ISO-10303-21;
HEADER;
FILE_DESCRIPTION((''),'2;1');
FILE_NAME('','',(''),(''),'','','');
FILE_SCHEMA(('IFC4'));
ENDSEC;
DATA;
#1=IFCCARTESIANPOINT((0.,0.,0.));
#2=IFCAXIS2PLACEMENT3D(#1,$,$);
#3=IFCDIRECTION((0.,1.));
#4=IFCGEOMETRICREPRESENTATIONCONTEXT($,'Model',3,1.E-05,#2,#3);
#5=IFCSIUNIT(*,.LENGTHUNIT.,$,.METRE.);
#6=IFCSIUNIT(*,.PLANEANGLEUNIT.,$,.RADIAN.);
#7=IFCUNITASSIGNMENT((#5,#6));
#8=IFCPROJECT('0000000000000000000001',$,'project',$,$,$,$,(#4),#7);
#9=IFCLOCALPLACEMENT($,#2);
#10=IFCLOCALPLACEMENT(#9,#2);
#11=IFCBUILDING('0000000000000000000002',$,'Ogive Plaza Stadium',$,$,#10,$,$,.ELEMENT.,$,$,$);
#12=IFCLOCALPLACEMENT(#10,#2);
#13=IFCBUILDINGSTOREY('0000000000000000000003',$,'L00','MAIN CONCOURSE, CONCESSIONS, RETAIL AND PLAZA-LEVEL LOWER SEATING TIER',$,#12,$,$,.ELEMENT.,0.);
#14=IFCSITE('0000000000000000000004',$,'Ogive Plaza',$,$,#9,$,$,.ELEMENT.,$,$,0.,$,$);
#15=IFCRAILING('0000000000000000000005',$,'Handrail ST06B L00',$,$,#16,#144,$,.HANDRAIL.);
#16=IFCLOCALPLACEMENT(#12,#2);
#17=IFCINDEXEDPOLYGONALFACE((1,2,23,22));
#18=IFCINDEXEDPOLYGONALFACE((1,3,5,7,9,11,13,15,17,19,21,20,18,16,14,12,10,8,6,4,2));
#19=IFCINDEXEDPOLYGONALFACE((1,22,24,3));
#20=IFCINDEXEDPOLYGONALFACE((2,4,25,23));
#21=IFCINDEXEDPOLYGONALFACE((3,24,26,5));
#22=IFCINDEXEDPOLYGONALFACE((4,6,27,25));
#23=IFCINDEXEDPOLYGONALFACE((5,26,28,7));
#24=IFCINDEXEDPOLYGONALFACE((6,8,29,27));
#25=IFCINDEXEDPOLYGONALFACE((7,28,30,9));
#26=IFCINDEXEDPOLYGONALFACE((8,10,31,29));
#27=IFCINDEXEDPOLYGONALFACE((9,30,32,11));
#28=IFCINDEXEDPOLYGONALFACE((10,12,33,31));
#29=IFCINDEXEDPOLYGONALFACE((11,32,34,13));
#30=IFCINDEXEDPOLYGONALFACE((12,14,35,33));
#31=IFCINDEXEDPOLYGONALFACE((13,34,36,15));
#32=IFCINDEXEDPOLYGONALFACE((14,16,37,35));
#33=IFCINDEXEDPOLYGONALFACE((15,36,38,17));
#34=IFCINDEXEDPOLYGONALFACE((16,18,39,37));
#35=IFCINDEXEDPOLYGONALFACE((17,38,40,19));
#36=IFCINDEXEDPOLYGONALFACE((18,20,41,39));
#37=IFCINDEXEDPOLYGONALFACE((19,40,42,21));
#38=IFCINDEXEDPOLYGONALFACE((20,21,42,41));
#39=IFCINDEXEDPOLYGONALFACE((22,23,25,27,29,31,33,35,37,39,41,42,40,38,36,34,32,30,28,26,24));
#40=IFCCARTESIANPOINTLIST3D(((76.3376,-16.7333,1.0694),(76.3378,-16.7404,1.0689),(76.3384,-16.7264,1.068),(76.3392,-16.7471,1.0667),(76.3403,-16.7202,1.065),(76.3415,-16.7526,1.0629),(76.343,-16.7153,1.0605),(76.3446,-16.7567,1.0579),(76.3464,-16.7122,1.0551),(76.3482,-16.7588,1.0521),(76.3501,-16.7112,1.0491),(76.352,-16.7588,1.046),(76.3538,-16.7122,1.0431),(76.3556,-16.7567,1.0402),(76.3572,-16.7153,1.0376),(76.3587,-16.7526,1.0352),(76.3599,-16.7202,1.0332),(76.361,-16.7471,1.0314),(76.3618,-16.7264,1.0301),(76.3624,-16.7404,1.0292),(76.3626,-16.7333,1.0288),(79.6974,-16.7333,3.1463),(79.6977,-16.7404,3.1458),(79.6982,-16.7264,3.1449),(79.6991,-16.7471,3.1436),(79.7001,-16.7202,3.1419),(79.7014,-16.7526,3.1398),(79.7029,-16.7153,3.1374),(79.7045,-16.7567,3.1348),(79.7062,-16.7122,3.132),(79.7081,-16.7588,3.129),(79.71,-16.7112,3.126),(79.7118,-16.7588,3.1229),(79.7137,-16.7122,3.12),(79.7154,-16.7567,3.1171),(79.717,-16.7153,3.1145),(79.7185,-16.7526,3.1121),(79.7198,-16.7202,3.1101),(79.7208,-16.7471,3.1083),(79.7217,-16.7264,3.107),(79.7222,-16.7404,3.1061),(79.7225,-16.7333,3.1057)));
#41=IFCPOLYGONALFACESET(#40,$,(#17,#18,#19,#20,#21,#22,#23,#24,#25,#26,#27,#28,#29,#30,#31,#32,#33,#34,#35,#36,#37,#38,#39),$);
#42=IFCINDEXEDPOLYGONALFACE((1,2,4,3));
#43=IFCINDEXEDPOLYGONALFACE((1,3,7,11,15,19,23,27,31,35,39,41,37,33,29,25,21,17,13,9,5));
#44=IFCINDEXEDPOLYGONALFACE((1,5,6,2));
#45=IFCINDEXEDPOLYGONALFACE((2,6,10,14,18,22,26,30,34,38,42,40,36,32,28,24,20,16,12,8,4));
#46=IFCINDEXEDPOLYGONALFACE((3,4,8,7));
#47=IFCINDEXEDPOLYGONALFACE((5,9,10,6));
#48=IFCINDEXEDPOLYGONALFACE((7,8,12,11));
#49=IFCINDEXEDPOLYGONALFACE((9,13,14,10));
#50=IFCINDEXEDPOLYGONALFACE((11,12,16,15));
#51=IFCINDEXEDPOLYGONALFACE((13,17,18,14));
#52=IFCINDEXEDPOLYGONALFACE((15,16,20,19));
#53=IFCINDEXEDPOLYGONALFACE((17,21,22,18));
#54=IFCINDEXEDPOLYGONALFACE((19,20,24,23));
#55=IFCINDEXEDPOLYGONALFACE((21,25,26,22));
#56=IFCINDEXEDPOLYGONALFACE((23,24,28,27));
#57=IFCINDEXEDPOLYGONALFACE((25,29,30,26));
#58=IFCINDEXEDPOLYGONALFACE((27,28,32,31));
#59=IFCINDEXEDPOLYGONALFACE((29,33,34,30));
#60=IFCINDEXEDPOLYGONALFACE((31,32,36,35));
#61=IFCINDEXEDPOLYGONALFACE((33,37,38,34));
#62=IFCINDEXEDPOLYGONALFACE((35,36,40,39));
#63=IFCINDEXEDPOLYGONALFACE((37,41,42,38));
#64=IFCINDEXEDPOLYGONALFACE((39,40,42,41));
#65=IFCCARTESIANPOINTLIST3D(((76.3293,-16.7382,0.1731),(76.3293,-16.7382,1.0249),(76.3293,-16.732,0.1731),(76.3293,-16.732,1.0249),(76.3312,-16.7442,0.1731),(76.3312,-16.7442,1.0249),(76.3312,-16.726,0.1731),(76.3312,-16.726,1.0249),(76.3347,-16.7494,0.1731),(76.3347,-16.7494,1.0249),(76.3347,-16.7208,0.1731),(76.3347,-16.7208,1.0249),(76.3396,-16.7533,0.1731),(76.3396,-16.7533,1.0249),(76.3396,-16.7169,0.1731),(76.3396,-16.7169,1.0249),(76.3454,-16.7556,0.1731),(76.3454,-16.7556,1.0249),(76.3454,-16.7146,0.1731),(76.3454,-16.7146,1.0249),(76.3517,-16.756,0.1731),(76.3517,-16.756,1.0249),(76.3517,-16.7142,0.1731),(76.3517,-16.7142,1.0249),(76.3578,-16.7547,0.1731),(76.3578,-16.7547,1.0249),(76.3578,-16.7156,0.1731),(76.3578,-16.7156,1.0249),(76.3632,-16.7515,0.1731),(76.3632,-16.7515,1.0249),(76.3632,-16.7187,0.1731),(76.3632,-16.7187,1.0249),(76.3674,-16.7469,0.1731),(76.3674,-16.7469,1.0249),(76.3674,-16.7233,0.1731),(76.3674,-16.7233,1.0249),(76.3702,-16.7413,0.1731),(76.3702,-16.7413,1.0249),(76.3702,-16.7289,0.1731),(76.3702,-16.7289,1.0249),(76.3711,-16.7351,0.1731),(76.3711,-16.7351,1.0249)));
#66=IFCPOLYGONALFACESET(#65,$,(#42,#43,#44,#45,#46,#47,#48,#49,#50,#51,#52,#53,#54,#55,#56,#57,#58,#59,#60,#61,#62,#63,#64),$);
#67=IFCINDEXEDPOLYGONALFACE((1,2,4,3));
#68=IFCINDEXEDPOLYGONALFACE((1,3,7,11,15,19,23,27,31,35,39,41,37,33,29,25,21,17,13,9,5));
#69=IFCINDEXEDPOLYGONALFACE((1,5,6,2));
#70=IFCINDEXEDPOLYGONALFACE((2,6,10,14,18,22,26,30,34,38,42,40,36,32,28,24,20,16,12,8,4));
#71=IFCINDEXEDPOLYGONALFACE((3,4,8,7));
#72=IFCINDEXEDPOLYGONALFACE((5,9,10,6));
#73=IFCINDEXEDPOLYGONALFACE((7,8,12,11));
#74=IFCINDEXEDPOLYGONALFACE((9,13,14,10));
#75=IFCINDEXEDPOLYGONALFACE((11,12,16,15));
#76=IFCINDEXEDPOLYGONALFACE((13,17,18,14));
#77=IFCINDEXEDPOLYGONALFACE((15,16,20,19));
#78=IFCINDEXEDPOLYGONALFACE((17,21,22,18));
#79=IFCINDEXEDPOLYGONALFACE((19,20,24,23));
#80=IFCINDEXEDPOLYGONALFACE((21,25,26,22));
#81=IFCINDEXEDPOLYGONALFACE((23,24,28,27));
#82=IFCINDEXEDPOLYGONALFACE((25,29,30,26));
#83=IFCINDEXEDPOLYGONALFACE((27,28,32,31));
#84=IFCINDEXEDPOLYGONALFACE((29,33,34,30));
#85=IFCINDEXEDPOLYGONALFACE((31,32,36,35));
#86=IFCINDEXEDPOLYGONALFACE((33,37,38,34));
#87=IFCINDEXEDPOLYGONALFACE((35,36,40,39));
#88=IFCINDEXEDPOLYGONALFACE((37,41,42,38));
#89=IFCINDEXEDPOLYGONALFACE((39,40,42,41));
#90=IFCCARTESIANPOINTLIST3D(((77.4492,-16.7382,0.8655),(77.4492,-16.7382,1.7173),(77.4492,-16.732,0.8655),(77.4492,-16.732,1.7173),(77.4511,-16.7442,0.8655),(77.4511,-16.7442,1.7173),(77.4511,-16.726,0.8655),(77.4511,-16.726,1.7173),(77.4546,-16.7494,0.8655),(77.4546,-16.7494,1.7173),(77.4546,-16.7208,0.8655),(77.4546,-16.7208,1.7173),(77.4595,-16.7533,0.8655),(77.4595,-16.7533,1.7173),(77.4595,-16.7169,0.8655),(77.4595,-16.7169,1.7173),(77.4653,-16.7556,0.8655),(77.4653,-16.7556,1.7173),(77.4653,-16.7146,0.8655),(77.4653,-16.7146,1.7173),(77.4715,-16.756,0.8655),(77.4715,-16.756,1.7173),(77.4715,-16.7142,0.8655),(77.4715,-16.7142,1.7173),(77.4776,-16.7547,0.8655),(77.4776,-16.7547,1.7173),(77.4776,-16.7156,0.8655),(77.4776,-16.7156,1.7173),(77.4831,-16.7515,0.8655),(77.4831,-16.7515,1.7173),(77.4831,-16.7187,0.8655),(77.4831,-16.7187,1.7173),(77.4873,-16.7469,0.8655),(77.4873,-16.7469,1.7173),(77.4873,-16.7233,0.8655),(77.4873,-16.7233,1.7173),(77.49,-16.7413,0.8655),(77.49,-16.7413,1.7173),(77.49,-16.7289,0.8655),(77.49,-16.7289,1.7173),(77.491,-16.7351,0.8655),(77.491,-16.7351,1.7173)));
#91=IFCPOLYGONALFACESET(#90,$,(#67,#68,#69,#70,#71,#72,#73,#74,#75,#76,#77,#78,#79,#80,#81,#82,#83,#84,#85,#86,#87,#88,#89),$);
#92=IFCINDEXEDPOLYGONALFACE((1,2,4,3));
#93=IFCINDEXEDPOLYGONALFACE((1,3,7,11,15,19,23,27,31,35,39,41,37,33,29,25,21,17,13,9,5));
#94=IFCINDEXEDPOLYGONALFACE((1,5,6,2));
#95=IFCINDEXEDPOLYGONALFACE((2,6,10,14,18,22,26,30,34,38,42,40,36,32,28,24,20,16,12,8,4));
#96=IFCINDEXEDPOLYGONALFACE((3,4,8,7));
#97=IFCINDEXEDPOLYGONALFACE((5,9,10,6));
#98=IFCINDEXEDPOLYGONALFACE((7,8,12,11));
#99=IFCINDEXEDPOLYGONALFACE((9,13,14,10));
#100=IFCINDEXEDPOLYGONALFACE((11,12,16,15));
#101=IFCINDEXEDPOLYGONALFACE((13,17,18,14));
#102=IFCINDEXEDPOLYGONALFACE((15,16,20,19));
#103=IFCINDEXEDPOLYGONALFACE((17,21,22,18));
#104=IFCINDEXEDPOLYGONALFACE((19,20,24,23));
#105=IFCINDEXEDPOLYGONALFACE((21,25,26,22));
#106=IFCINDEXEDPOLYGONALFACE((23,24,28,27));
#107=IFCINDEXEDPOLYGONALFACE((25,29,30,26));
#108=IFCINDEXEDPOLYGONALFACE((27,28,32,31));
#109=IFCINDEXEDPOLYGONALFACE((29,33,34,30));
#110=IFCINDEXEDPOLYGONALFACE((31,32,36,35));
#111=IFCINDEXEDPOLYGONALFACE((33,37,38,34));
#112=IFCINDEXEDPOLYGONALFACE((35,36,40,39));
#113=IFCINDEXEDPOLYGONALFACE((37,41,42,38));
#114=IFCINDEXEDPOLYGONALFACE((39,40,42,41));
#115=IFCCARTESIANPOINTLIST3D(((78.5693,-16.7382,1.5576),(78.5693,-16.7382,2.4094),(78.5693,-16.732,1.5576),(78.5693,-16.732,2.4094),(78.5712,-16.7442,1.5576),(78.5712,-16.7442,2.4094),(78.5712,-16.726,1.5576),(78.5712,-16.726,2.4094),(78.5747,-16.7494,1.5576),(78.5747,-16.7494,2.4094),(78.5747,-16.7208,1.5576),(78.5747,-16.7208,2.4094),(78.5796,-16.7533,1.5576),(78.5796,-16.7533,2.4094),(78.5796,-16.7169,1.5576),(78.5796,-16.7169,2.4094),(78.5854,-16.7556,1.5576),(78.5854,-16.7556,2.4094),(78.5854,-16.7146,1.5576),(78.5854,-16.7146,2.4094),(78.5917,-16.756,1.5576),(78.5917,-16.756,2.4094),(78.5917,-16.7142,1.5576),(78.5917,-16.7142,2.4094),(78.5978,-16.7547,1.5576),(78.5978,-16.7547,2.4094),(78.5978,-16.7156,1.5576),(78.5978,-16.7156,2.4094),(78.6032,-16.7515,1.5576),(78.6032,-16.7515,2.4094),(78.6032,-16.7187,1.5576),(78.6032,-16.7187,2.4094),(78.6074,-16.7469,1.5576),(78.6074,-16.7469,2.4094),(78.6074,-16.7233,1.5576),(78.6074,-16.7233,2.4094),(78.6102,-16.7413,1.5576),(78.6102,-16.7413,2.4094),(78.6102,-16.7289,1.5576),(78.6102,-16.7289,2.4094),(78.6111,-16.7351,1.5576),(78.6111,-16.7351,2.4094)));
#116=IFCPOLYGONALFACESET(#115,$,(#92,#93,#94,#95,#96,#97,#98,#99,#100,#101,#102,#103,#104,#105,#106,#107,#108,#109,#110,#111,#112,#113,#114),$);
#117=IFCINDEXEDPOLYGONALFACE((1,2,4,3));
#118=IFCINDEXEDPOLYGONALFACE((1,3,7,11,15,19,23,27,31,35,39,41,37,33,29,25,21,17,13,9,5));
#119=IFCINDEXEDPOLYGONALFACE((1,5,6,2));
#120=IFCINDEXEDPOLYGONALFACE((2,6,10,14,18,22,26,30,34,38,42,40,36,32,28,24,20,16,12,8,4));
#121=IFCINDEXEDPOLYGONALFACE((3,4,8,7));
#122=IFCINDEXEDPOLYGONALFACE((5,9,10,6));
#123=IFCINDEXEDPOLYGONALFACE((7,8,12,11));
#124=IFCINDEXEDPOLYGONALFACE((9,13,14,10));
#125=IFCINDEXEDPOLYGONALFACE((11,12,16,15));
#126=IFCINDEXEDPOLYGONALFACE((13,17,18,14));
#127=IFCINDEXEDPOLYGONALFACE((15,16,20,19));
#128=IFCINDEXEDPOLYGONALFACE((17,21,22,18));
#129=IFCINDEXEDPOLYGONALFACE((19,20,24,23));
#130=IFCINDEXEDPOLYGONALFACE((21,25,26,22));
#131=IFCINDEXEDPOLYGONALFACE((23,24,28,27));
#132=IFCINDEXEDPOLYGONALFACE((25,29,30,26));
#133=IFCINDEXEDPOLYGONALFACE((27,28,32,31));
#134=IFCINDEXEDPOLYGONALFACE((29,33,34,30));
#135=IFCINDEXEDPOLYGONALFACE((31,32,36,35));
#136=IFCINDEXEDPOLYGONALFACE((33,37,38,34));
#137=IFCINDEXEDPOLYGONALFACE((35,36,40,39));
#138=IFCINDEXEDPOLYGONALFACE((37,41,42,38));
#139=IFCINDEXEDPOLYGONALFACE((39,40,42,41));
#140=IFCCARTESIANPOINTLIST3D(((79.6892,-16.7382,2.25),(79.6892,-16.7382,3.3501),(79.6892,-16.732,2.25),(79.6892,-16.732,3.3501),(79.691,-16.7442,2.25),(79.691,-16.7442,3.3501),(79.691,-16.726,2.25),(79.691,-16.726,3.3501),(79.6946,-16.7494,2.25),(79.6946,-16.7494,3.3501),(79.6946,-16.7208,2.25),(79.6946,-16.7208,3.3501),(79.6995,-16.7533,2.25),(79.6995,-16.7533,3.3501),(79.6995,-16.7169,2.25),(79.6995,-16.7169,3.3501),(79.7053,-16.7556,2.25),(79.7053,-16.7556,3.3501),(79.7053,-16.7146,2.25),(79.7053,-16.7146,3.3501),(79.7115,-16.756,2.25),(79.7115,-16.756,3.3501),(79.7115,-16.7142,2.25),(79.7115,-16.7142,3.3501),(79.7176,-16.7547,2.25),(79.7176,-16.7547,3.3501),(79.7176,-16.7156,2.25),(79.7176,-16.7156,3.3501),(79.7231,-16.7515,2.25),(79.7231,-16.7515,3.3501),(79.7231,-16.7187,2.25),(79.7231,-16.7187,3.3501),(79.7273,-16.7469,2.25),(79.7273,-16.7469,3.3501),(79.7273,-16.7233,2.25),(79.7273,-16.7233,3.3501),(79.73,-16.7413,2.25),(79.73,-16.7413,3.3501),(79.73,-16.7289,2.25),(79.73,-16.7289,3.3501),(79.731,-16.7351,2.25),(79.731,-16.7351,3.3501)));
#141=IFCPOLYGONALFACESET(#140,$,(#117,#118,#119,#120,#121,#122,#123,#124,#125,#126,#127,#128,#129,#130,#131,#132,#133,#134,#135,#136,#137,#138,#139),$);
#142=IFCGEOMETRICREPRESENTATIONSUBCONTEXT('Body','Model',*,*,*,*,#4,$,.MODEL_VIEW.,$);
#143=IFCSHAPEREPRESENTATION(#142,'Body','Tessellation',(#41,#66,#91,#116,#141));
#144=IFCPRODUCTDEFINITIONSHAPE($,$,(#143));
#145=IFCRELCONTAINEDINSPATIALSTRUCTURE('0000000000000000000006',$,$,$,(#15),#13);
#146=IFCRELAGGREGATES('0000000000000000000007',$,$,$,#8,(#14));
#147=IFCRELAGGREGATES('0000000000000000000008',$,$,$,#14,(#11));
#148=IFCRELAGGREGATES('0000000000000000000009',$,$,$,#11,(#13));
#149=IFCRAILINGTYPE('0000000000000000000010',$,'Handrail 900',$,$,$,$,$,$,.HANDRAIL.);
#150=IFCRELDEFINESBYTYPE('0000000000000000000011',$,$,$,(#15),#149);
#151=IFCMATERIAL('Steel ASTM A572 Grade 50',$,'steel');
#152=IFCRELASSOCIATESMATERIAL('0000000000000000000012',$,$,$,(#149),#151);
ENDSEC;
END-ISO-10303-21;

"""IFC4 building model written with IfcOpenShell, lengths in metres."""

from ifc_helpers import new_model, si_unit, direction, frame, origin, origin_2d, place, context, subcontext, project, spatial, circle, extrude, material, type_object, element, save


model = new_model("IFC4")

# Units and contexts
model_context = context("Model", 3, precision=1e-05, world=origin(), true_north=direction((0.0, 1.0)))
body_context = subcontext(model_context, "Body", "Model", "MODEL_VIEW")
ifc_project = project(units=[si_unit("LENGTHUNIT", "METRE"), si_unit("PLANEANGLEUNIT", "RADIAN")], contexts=[model_context])

# Site, building, storey
site_placement = place(None, origin())
site = spatial("IfcSite", under=ifc_project, at=site_placement, Name="Ogive Plaza", CompositionType="ELEMENT", RefElevation=0.0)
building_placement = place(site_placement, origin())
building = spatial("IfcBuilding", under=site, at=building_placement, Name="Ogive Plaza Stadium", CompositionType="ELEMENT")
storey_placement = place(building_placement, origin())
storey = spatial("IfcBuildingStorey", under=building, at=storey_placement, Name="L00", Description="MAIN CONCOURSE, CONCESSIONS, RETAIL AND PLAZA-LEVEL LOWER SEATING TIER", CompositionType="ELEMENT", Elevation=0.0)

# Railing
ifc_material_1 = material(Name="Steel ASTM A572 Grade 50", Category="steel")
railing_type_1 = type_object("IfcRailingType", Name="Handrail 900", PredefinedType="HANDRAIL", material=ifc_material_1)
railing_1_placement = place(storey_placement, frame((76.3501, -16.7351, 0.1731)))
element("IfcRailing", 1, at=railing_1_placement, inside=storey, type_object=railing_type_1, Name="Handrail ST06B L00", PredefinedType="HANDRAIL", context=body_context, shape_type="SweptSolid", body=[
    extrude(circle(Radius=0.0239, at=origin_2d()), frame((0.0, 0.0, 0.876), z_axis=(0.850606, 0.0, 0.525803), x_axis=(0.0, 1.0, 0.0)), (0.0, 0.0, 1.0), 3.95),
    extrude(circle(Radius=0.021, at=origin_2d()), origin(), (0.0, 0.0, 1.0), 0.8518),
    extrude(circle(Radius=0.021, at=origin_2d()), frame((1.1199, 0.0, 0.6924)), (0.0, 0.0, 1.0), 0.8518),
    extrude(circle(Radius=0.021, at=origin_2d()), frame((2.24, 0.0, 1.3845)), (0.0, 0.0, 1.0), 0.8518),
    extrude(circle(Radius=0.021, at=origin_2d()), frame((3.3599, 0.0, 2.0769)), (0.0, 0.0, 1.0), 1.1001),
])

save(model, "model.ifc")
